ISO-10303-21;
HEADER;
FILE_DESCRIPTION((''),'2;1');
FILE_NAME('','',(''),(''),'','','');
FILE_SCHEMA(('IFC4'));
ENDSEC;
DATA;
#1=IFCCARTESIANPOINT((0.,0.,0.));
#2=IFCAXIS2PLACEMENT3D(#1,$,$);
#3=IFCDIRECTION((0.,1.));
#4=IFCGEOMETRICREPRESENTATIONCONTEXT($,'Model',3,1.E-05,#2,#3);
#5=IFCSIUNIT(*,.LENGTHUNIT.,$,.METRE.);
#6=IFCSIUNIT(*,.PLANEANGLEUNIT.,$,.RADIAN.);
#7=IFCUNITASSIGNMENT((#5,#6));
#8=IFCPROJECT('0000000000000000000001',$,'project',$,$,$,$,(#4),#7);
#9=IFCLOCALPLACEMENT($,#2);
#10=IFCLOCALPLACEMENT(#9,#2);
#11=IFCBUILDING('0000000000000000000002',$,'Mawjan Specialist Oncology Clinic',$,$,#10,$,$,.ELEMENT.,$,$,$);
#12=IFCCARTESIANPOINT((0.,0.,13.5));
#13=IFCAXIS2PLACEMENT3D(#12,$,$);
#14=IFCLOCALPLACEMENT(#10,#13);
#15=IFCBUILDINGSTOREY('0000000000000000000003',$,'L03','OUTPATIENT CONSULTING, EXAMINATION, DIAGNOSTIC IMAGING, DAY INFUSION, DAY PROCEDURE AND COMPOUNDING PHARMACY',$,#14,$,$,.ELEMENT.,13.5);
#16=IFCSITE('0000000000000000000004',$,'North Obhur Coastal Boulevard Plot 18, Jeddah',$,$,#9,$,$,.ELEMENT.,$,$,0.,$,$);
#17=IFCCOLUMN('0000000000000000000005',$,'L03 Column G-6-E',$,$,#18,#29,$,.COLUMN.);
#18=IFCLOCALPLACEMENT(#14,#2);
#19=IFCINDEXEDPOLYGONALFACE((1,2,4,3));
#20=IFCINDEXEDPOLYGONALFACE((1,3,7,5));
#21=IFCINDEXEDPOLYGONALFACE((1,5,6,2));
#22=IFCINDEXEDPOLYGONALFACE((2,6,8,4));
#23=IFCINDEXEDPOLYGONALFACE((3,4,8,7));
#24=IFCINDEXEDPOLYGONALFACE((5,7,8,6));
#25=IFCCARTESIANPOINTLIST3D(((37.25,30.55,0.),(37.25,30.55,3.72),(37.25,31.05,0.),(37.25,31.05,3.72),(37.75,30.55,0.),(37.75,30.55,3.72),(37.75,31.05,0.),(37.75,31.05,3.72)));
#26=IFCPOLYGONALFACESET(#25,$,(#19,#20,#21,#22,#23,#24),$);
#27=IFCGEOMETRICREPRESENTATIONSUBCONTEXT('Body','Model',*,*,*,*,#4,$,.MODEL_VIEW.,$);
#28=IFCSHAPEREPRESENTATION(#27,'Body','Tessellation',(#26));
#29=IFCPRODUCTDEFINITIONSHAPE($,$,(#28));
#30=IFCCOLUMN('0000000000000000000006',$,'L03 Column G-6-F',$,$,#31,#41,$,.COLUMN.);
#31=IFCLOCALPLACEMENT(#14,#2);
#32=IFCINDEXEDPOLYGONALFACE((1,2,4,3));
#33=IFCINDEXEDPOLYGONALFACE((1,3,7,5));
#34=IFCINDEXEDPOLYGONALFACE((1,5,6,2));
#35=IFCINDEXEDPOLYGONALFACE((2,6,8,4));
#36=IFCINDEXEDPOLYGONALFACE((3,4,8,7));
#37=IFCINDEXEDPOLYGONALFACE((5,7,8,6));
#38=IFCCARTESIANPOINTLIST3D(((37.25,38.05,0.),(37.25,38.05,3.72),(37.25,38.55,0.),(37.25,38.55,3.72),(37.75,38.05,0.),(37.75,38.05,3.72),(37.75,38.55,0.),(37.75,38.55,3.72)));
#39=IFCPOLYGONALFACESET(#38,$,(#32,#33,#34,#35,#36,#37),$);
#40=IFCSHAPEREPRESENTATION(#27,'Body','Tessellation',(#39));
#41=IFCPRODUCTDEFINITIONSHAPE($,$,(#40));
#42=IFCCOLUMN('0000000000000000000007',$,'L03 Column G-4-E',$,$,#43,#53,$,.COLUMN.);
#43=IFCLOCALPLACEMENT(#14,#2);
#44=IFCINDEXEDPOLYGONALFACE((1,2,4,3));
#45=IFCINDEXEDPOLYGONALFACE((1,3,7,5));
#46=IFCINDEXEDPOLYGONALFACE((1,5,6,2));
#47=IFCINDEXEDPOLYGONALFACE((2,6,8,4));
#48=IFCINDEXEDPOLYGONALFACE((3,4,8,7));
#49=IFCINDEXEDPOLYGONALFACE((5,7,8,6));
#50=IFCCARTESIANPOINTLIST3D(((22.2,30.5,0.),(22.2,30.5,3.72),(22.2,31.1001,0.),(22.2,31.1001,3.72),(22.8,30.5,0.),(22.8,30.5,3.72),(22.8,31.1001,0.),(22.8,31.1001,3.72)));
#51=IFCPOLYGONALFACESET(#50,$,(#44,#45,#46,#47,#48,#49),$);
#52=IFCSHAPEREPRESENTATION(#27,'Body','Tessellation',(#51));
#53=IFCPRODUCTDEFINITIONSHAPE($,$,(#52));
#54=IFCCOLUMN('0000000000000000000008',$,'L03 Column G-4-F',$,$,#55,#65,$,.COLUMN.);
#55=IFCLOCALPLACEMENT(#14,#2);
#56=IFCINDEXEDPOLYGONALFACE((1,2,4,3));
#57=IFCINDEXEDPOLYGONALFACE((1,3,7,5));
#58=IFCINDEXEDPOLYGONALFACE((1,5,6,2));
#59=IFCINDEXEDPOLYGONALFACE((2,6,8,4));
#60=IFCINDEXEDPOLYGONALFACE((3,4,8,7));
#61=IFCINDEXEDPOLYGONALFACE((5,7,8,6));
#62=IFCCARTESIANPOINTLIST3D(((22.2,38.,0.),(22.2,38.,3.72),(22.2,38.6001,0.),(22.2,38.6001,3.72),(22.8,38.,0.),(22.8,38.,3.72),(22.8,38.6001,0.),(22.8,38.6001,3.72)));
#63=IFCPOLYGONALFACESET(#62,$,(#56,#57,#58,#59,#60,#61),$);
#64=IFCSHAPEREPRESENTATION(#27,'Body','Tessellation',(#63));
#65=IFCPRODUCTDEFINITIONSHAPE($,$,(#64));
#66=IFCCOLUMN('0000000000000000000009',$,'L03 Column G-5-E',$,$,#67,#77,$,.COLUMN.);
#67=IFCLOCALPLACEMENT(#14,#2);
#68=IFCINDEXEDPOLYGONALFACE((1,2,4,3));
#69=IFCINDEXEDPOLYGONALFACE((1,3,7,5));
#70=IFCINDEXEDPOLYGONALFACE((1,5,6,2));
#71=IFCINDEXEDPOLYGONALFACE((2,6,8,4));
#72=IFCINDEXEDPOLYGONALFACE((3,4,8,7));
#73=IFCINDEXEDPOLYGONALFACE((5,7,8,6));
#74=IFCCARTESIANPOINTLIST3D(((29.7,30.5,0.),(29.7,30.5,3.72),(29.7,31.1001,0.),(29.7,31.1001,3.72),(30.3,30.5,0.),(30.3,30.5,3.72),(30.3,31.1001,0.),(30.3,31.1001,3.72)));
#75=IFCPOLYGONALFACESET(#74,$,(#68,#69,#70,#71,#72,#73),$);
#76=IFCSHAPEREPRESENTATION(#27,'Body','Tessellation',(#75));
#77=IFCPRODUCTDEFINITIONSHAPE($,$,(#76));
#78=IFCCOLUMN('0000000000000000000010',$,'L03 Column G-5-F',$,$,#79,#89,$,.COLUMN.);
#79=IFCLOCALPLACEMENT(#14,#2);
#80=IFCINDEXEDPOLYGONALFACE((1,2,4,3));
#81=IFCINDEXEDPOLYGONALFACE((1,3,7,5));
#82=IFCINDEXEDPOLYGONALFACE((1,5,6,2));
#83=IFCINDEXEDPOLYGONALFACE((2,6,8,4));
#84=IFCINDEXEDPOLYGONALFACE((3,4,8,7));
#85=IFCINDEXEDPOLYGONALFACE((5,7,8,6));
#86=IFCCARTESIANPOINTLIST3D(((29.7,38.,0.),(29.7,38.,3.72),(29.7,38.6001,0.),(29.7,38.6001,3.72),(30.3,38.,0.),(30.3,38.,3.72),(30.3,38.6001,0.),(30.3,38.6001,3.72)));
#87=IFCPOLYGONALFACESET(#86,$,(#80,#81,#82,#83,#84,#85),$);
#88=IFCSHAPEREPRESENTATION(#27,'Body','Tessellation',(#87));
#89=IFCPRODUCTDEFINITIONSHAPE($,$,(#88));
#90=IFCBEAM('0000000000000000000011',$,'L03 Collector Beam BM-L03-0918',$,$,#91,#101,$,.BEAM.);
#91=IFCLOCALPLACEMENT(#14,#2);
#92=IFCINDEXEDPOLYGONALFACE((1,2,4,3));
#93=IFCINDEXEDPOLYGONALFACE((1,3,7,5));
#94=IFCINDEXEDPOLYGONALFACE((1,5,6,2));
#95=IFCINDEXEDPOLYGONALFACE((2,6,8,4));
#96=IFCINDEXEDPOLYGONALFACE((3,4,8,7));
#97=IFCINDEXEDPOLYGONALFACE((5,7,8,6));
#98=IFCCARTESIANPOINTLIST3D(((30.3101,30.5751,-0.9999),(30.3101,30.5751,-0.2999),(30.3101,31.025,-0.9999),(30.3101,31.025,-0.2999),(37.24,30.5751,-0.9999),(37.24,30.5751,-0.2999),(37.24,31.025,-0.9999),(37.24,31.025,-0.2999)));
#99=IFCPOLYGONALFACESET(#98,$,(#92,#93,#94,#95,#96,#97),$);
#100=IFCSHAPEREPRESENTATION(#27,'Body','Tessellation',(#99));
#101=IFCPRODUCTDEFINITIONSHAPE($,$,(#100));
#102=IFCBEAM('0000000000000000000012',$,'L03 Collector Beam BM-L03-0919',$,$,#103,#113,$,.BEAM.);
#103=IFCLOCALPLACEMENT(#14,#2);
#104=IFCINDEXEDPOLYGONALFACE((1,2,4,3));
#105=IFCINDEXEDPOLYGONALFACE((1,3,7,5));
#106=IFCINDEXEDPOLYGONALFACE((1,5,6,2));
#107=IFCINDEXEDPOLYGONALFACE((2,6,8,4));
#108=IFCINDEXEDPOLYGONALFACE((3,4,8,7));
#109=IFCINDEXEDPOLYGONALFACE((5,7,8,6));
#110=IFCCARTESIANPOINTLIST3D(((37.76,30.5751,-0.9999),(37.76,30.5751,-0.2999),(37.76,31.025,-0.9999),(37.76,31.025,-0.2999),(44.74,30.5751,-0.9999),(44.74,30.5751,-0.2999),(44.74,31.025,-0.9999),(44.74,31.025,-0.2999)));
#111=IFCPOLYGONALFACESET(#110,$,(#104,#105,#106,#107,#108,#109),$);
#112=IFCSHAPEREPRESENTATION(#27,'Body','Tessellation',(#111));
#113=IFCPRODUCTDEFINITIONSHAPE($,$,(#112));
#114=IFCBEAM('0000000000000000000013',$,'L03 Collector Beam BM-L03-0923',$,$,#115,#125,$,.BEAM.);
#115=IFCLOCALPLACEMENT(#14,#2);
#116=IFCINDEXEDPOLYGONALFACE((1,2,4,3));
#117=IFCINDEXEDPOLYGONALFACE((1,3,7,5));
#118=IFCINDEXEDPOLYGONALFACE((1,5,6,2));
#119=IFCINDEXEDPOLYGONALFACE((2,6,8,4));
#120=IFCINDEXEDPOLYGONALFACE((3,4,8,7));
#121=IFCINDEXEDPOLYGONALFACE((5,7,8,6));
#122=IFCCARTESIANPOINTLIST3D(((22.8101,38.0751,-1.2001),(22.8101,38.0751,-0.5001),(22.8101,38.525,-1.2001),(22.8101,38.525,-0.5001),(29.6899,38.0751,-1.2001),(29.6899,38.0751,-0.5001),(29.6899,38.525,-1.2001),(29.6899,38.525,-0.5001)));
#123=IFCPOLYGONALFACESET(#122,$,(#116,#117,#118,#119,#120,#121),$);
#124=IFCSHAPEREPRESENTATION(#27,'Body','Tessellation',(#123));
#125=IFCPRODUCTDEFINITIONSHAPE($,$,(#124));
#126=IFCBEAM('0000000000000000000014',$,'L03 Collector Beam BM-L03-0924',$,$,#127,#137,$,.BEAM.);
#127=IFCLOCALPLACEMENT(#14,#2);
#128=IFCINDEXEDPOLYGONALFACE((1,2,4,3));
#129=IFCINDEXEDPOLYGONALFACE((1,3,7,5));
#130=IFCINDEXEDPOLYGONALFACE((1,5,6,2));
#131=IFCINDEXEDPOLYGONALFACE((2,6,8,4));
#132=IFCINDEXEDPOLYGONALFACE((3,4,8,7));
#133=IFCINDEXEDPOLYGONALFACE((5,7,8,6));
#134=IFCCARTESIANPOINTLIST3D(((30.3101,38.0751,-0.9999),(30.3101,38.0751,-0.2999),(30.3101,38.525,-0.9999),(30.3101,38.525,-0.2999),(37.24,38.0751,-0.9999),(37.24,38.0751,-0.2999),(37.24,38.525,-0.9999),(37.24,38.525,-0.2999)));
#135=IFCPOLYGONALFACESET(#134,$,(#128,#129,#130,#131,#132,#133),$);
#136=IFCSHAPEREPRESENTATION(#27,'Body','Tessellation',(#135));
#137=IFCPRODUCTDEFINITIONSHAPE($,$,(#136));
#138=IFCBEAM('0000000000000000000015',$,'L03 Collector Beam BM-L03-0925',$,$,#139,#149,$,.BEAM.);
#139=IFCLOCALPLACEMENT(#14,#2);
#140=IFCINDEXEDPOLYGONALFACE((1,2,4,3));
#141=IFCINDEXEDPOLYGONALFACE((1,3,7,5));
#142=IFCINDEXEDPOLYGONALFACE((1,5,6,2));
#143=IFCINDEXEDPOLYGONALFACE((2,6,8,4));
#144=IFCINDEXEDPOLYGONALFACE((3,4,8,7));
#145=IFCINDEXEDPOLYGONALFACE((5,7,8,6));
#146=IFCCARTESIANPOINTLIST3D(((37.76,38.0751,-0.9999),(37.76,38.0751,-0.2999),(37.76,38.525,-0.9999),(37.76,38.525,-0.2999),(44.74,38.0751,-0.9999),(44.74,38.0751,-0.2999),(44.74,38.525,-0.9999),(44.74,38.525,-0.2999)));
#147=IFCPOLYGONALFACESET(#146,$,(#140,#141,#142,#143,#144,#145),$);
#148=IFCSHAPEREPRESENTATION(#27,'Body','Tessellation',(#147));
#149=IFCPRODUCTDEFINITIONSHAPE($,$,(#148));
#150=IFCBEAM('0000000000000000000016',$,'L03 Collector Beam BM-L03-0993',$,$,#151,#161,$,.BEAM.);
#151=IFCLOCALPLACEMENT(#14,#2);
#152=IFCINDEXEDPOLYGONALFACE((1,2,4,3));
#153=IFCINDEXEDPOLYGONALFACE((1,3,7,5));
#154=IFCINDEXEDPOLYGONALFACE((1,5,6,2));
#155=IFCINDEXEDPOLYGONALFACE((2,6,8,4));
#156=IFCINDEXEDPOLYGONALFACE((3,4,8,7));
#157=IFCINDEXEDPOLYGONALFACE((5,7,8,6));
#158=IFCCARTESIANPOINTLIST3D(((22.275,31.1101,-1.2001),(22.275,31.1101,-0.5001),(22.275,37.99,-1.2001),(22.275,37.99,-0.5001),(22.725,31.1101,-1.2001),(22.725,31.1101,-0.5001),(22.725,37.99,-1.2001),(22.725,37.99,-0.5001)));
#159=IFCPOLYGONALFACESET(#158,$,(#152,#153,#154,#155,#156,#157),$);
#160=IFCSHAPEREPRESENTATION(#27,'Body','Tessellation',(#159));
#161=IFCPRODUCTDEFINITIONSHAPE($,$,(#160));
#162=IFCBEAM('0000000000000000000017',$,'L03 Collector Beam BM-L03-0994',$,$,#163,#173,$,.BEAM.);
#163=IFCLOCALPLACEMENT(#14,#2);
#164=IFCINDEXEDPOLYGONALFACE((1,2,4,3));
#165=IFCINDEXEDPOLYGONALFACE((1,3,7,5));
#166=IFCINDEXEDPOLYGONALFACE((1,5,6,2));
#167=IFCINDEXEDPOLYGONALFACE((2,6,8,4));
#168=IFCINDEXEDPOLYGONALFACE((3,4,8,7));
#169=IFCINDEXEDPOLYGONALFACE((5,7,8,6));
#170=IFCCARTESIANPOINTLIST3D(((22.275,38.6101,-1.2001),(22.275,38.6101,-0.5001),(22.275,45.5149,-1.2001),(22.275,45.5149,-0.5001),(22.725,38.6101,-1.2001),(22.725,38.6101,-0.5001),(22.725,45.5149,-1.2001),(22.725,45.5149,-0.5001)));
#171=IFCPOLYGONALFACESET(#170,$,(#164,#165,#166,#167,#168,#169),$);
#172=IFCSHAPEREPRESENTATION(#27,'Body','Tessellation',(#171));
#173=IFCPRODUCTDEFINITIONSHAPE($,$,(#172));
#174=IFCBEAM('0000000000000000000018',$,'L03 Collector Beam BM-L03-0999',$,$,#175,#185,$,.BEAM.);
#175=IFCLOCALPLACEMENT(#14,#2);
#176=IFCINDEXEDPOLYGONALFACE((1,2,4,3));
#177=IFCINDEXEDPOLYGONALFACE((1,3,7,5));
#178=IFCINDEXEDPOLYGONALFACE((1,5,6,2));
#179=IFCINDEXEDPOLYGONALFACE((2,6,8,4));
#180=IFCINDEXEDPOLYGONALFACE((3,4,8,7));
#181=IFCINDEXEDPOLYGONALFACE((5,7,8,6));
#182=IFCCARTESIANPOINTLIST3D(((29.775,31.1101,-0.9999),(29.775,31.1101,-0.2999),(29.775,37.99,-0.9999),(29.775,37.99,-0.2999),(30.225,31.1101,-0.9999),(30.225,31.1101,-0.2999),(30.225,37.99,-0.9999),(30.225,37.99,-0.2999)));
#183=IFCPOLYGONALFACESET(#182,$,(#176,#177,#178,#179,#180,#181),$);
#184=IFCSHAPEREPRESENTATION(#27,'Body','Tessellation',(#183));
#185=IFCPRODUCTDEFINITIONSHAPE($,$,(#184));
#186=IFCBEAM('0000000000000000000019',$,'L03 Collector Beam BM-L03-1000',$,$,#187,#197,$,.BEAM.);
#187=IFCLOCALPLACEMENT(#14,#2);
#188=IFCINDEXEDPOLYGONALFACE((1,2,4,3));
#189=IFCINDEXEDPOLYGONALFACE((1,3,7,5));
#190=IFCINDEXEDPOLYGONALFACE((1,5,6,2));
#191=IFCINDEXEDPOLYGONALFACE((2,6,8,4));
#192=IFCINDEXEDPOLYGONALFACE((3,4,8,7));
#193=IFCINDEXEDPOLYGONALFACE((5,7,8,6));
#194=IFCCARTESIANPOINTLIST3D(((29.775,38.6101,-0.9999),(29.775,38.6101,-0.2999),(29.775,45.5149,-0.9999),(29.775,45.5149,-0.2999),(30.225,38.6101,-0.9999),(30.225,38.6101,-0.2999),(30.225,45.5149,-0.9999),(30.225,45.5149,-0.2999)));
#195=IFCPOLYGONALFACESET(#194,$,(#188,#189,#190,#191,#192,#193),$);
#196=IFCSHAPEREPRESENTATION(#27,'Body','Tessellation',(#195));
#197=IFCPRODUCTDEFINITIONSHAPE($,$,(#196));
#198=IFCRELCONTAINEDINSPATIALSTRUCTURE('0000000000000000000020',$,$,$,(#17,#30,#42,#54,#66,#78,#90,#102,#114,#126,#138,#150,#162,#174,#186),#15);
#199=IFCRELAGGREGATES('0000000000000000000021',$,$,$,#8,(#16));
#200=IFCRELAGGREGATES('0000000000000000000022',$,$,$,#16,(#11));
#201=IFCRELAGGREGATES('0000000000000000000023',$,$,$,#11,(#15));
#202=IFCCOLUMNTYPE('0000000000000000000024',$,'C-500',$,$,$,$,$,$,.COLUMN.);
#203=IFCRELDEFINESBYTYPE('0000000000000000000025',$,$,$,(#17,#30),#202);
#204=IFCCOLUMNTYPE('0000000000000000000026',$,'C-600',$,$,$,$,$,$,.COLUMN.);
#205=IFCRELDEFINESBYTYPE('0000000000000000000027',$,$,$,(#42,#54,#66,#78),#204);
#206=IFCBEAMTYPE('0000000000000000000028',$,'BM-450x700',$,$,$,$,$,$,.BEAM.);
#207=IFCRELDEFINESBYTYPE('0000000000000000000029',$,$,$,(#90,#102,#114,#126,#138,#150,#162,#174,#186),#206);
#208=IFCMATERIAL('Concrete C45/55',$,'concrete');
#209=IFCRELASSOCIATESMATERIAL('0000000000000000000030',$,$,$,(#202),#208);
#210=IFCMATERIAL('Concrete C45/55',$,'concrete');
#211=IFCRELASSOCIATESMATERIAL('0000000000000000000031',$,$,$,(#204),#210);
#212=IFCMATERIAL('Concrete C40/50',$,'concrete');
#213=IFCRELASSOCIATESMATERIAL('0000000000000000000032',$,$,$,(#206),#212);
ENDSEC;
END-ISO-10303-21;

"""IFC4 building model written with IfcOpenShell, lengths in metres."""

from ifc_helpers import new_model, si_unit, direction, frame, origin, origin_2d, place, context, subcontext, project, spatial, rectangle, extrude, material, material_profile, profile_set, type_object, element, save


model = new_model("IFC4")

# Units and contexts
model_context = context("Model", 3, precision=1e-05, world=origin(), true_north=direction((0.0, 1.0)))
body_context = subcontext(model_context, "Body", "Model", "MODEL_VIEW")
ifc_project = project(units=[si_unit("LENGTHUNIT", "METRE"), si_unit("PLANEANGLEUNIT", "RADIAN")], contexts=[model_context])

# Site, building, storey
site_placement = place(None, origin())
site = spatial("IfcSite", under=ifc_project, at=site_placement, Name="North Obhur Coastal Boulevard Plot 18, Jeddah", CompositionType="ELEMENT", RefElevation=0.0)
building_placement = place(site_placement, origin())
building = spatial("IfcBuilding", under=site, at=building_placement, Name="Mawjan Specialist Oncology Clinic", CompositionType="ELEMENT")
storey_placement = place(building_placement, frame((0.0, 0.0, 13.5)))
storey = spatial("IfcBuildingStorey", under=building, at=storey_placement, Name="L03", Description="OUTPATIENT CONSULTING, EXAMINATION, DIAGNOSTIC IMAGING, DAY INFUSION, DAY PROCEDURE AND COMPOUNDING PHARMACY", CompositionType="ELEMENT", Elevation=13.5)

# Columns
ifc_material_1 = material(Name="Concrete C45/55", Category="concrete")
ifc_material_profile_1 = material_profile(ifc_material_1, rectangle(XDim=0.5, YDim=0.5, at=origin_2d()), Name="RC COL 500x500", Category="concrete")
ifc_profile_set_1 = profile_set([ifc_material_profile_1], Name="Concrete C45/55")
column_type_1 = type_object("IfcColumnType", Name="C-500", PredefinedType="COLUMN", material=ifc_profile_set_1)
for number, where, z_axis, x_axis, name in (
    (1, (37.5, 30.8, 0.0), (0.0, 0.0, 1.0), (1.0, 0.0, 0.0), "L03 Column G-6-E"),
    (2, (37.5, 38.3, 0.0), (0.0, 0.0, 1.0), (1.0, 0.0, 0.0), "L03 Column G-6-F"),
):
    element("IfcColumn", number, at=place(storey_placement, frame(where, z_axis=z_axis, x_axis=x_axis)), inside=storey, type_object=column_type_1, Name=name, PredefinedType="COLUMN", context=body_context, shape_type="SweptSolid", body=[
        extrude(rectangle(XDim=0.5, YDim=0.5, at=origin_2d()), origin(), (0.0, 0.0, 1.0), 3.72),
    ])
ifc_material_2 = material(Name="Concrete C45/55", Category="concrete")
ifc_material_profile_2 = material_profile(ifc_material_2, rectangle(XDim=0.6001, YDim=0.6001, at=origin_2d()), Name="RC COL 600x600", Category="concrete")
ifc_profile_set_2 = profile_set([ifc_material_profile_2], Name="Concrete C45/55")
column_type_2 = type_object("IfcColumnType", Name="C-600", PredefinedType="COLUMN", material=ifc_profile_set_2)
for number, where, z_axis, x_axis, name in (
    (3, (22.5, 30.8, 0.0), (0.0, 0.0, 1.0), (1.0, 0.0, 0.0), "L03 Column G-4-E"),
    (4, (22.5, 38.3, 0.0), (0.0, 0.0, 1.0), (1.0, 0.0, 0.0), "L03 Column G-4-F"),
    (5, (30.0, 30.8, 0.0), (0.0, 0.0, 1.0), (1.0, 0.0, 0.0), "L03 Column G-5-E"),
    (6, (30.0, 38.3, 0.0), (0.0, 0.0, 1.0), (1.0, 0.0, 0.0), "L03 Column G-5-F"),
):
    element("IfcColumn", number, at=place(storey_placement, frame(where, z_axis=z_axis, x_axis=x_axis)), inside=storey, type_object=column_type_2, Name=name, PredefinedType="COLUMN", context=body_context, shape_type="SweptSolid", body=[
        extrude(rectangle(XDim=0.6001, YDim=0.6001, at=origin_2d()), origin(), (0.0, 0.0, 1.0), 3.72),
    ])

# Beams
ifc_material_3 = material(Name="Concrete C40/50", Category="concrete")
ifc_material_profile_3 = material_profile(ifc_material_3, rectangle(XDim=0.45, YDim=0.7, at=origin_2d()), Name="RC BM 450x700", Category="concrete")
ifc_profile_set_3 = profile_set([ifc_material_profile_3], Name="Concrete C40/50")
beam_type_1 = type_object("IfcBeamType", Name="BM-450x700", PredefinedType="BEAM", material=ifc_profile_set_3)
beam_1_placement = place(storey_placement, frame((30.3101, 30.8, -0.6499), z_axis=(1.0, 0.0, 0.0), x_axis=(0.0, 1.0, 0.0)))
element("IfcBeam", 7, at=beam_1_placement, inside=storey, type_object=beam_type_1, Name="L03 Collector Beam BM-L03-0918", PredefinedType="BEAM", context=body_context, shape_type="SweptSolid", body=[
    extrude(rectangle(XDim=0.45, YDim=0.7, at=origin_2d()), origin(), (0.0, 0.0, 1.0), 6.9299),
])
beam_2_placement = place(storey_placement, frame((37.76, 30.8, -0.6499), z_axis=(1.0, 0.0, 0.0), x_axis=(0.0, 1.0, 0.0)))
element("IfcBeam", 8, at=beam_2_placement, inside=storey, type_object=beam_type_1, Name="L03 Collector Beam BM-L03-0919", PredefinedType="BEAM", context=body_context, shape_type="SweptSolid", body=[
    extrude(rectangle(XDim=0.45, YDim=0.7, at=origin_2d()), origin(), (0.0, 0.0, 1.0), 6.98),
])
beam_3_placement = place(storey_placement, frame((22.8101, 38.3, -0.8501), z_axis=(1.0, 0.0, 0.0), x_axis=(0.0, 1.0, 0.0)))
element("IfcBeam", 9, at=beam_3_placement, inside=storey, type_object=beam_type_1, Name="L03 Collector Beam BM-L03-0923", PredefinedType="BEAM", context=body_context, shape_type="SweptSolid", body=[
    extrude(rectangle(XDim=0.45, YDim=0.7, at=origin_2d()), origin(), (0.0, 0.0, 1.0), 6.8799),
])
beam_4_placement = place(storey_placement, frame((30.3101, 38.3, -0.6499), z_axis=(1.0, 0.0, 0.0), x_axis=(0.0, 1.0, 0.0)))
element("IfcBeam", 10, at=beam_4_placement, inside=storey, type_object=beam_type_1, Name="L03 Collector Beam BM-L03-0924", PredefinedType="BEAM", context=body_context, shape_type="SweptSolid", body=[
    extrude(rectangle(XDim=0.45, YDim=0.7, at=origin_2d()), origin(), (0.0, 0.0, 1.0), 6.9299),
])
beam_5_placement = place(storey_placement, frame((37.76, 38.3, -0.6499), z_axis=(1.0, 0.0, 0.0), x_axis=(0.0, 1.0, 0.0)))
element("IfcBeam", 11, at=beam_5_placement, inside=storey, type_object=beam_type_1, Name="L03 Collector Beam BM-L03-0925", PredefinedType="BEAM", context=body_context, shape_type="SweptSolid", body=[
    extrude(rectangle(XDim=0.45, YDim=0.7, at=origin_2d()), origin(), (0.0, 0.0, 1.0), 6.98),
])
beam_6_placement = place(storey_placement, frame((22.5, 31.1101, -0.8501), z_axis=(0.0, 1.0, 0.0), x_axis=(-1.0, 0.0, 0.0)))
element("IfcBeam", 12, at=beam_6_placement, inside=storey, type_object=beam_type_1, Name="L03 Collector Beam BM-L03-0993", PredefinedType="BEAM", context=body_context, shape_type="SweptSolid", body=[
    extrude(rectangle(XDim=0.45, YDim=0.7, at=origin_2d()), origin(), (0.0, 0.0, 1.0), 6.8799),
])
beam_7_placement = place(storey_placement, frame((22.5, 38.6101, -0.8501), z_axis=(0.0, 1.0, 0.0), x_axis=(-1.0, 0.0, 0.0)))
element("IfcBeam", 13, at=beam_7_placement, inside=storey, type_object=beam_type_1, Name="L03 Collector Beam BM-L03-0994", PredefinedType="BEAM", context=body_context, shape_type="SweptSolid", body=[
    extrude(rectangle(XDim=0.45, YDim=0.7, at=origin_2d()), origin(), (0.0, 0.0, 1.0), 6.9048),
])
beam_8_placement = place(storey_placement, frame((30.0, 31.1101, -0.6499), z_axis=(0.0, 1.0, 0.0), x_axis=(-1.0, 0.0, 0.0)))
element("IfcBeam", 14, at=beam_8_placement, inside=storey, type_object=beam_type_1, Name="L03 Collector Beam BM-L03-0999", PredefinedType="BEAM", context=body_context, shape_type="SweptSolid", body=[
    extrude(rectangle(XDim=0.45, YDim=0.7, at=origin_2d()), origin(), (0.0, 0.0, 1.0), 6.8799),
])
beam_9_placement = place(storey_placement, frame((30.0, 38.6101, -0.6499), z_axis=(0.0, 1.0, 0.0), x_axis=(-1.0, 0.0, 0.0)))
element("IfcBeam", 15, at=beam_9_placement, inside=storey, type_object=beam_type_1, Name="L03 Collector Beam BM-L03-1000", PredefinedType="BEAM", context=body_context, shape_type="SweptSolid", body=[
    extrude(rectangle(XDim=0.45, YDim=0.7, at=origin_2d()), origin(), (0.0, 0.0, 1.0), 6.9048),
])

save(model, "model.ifc")
